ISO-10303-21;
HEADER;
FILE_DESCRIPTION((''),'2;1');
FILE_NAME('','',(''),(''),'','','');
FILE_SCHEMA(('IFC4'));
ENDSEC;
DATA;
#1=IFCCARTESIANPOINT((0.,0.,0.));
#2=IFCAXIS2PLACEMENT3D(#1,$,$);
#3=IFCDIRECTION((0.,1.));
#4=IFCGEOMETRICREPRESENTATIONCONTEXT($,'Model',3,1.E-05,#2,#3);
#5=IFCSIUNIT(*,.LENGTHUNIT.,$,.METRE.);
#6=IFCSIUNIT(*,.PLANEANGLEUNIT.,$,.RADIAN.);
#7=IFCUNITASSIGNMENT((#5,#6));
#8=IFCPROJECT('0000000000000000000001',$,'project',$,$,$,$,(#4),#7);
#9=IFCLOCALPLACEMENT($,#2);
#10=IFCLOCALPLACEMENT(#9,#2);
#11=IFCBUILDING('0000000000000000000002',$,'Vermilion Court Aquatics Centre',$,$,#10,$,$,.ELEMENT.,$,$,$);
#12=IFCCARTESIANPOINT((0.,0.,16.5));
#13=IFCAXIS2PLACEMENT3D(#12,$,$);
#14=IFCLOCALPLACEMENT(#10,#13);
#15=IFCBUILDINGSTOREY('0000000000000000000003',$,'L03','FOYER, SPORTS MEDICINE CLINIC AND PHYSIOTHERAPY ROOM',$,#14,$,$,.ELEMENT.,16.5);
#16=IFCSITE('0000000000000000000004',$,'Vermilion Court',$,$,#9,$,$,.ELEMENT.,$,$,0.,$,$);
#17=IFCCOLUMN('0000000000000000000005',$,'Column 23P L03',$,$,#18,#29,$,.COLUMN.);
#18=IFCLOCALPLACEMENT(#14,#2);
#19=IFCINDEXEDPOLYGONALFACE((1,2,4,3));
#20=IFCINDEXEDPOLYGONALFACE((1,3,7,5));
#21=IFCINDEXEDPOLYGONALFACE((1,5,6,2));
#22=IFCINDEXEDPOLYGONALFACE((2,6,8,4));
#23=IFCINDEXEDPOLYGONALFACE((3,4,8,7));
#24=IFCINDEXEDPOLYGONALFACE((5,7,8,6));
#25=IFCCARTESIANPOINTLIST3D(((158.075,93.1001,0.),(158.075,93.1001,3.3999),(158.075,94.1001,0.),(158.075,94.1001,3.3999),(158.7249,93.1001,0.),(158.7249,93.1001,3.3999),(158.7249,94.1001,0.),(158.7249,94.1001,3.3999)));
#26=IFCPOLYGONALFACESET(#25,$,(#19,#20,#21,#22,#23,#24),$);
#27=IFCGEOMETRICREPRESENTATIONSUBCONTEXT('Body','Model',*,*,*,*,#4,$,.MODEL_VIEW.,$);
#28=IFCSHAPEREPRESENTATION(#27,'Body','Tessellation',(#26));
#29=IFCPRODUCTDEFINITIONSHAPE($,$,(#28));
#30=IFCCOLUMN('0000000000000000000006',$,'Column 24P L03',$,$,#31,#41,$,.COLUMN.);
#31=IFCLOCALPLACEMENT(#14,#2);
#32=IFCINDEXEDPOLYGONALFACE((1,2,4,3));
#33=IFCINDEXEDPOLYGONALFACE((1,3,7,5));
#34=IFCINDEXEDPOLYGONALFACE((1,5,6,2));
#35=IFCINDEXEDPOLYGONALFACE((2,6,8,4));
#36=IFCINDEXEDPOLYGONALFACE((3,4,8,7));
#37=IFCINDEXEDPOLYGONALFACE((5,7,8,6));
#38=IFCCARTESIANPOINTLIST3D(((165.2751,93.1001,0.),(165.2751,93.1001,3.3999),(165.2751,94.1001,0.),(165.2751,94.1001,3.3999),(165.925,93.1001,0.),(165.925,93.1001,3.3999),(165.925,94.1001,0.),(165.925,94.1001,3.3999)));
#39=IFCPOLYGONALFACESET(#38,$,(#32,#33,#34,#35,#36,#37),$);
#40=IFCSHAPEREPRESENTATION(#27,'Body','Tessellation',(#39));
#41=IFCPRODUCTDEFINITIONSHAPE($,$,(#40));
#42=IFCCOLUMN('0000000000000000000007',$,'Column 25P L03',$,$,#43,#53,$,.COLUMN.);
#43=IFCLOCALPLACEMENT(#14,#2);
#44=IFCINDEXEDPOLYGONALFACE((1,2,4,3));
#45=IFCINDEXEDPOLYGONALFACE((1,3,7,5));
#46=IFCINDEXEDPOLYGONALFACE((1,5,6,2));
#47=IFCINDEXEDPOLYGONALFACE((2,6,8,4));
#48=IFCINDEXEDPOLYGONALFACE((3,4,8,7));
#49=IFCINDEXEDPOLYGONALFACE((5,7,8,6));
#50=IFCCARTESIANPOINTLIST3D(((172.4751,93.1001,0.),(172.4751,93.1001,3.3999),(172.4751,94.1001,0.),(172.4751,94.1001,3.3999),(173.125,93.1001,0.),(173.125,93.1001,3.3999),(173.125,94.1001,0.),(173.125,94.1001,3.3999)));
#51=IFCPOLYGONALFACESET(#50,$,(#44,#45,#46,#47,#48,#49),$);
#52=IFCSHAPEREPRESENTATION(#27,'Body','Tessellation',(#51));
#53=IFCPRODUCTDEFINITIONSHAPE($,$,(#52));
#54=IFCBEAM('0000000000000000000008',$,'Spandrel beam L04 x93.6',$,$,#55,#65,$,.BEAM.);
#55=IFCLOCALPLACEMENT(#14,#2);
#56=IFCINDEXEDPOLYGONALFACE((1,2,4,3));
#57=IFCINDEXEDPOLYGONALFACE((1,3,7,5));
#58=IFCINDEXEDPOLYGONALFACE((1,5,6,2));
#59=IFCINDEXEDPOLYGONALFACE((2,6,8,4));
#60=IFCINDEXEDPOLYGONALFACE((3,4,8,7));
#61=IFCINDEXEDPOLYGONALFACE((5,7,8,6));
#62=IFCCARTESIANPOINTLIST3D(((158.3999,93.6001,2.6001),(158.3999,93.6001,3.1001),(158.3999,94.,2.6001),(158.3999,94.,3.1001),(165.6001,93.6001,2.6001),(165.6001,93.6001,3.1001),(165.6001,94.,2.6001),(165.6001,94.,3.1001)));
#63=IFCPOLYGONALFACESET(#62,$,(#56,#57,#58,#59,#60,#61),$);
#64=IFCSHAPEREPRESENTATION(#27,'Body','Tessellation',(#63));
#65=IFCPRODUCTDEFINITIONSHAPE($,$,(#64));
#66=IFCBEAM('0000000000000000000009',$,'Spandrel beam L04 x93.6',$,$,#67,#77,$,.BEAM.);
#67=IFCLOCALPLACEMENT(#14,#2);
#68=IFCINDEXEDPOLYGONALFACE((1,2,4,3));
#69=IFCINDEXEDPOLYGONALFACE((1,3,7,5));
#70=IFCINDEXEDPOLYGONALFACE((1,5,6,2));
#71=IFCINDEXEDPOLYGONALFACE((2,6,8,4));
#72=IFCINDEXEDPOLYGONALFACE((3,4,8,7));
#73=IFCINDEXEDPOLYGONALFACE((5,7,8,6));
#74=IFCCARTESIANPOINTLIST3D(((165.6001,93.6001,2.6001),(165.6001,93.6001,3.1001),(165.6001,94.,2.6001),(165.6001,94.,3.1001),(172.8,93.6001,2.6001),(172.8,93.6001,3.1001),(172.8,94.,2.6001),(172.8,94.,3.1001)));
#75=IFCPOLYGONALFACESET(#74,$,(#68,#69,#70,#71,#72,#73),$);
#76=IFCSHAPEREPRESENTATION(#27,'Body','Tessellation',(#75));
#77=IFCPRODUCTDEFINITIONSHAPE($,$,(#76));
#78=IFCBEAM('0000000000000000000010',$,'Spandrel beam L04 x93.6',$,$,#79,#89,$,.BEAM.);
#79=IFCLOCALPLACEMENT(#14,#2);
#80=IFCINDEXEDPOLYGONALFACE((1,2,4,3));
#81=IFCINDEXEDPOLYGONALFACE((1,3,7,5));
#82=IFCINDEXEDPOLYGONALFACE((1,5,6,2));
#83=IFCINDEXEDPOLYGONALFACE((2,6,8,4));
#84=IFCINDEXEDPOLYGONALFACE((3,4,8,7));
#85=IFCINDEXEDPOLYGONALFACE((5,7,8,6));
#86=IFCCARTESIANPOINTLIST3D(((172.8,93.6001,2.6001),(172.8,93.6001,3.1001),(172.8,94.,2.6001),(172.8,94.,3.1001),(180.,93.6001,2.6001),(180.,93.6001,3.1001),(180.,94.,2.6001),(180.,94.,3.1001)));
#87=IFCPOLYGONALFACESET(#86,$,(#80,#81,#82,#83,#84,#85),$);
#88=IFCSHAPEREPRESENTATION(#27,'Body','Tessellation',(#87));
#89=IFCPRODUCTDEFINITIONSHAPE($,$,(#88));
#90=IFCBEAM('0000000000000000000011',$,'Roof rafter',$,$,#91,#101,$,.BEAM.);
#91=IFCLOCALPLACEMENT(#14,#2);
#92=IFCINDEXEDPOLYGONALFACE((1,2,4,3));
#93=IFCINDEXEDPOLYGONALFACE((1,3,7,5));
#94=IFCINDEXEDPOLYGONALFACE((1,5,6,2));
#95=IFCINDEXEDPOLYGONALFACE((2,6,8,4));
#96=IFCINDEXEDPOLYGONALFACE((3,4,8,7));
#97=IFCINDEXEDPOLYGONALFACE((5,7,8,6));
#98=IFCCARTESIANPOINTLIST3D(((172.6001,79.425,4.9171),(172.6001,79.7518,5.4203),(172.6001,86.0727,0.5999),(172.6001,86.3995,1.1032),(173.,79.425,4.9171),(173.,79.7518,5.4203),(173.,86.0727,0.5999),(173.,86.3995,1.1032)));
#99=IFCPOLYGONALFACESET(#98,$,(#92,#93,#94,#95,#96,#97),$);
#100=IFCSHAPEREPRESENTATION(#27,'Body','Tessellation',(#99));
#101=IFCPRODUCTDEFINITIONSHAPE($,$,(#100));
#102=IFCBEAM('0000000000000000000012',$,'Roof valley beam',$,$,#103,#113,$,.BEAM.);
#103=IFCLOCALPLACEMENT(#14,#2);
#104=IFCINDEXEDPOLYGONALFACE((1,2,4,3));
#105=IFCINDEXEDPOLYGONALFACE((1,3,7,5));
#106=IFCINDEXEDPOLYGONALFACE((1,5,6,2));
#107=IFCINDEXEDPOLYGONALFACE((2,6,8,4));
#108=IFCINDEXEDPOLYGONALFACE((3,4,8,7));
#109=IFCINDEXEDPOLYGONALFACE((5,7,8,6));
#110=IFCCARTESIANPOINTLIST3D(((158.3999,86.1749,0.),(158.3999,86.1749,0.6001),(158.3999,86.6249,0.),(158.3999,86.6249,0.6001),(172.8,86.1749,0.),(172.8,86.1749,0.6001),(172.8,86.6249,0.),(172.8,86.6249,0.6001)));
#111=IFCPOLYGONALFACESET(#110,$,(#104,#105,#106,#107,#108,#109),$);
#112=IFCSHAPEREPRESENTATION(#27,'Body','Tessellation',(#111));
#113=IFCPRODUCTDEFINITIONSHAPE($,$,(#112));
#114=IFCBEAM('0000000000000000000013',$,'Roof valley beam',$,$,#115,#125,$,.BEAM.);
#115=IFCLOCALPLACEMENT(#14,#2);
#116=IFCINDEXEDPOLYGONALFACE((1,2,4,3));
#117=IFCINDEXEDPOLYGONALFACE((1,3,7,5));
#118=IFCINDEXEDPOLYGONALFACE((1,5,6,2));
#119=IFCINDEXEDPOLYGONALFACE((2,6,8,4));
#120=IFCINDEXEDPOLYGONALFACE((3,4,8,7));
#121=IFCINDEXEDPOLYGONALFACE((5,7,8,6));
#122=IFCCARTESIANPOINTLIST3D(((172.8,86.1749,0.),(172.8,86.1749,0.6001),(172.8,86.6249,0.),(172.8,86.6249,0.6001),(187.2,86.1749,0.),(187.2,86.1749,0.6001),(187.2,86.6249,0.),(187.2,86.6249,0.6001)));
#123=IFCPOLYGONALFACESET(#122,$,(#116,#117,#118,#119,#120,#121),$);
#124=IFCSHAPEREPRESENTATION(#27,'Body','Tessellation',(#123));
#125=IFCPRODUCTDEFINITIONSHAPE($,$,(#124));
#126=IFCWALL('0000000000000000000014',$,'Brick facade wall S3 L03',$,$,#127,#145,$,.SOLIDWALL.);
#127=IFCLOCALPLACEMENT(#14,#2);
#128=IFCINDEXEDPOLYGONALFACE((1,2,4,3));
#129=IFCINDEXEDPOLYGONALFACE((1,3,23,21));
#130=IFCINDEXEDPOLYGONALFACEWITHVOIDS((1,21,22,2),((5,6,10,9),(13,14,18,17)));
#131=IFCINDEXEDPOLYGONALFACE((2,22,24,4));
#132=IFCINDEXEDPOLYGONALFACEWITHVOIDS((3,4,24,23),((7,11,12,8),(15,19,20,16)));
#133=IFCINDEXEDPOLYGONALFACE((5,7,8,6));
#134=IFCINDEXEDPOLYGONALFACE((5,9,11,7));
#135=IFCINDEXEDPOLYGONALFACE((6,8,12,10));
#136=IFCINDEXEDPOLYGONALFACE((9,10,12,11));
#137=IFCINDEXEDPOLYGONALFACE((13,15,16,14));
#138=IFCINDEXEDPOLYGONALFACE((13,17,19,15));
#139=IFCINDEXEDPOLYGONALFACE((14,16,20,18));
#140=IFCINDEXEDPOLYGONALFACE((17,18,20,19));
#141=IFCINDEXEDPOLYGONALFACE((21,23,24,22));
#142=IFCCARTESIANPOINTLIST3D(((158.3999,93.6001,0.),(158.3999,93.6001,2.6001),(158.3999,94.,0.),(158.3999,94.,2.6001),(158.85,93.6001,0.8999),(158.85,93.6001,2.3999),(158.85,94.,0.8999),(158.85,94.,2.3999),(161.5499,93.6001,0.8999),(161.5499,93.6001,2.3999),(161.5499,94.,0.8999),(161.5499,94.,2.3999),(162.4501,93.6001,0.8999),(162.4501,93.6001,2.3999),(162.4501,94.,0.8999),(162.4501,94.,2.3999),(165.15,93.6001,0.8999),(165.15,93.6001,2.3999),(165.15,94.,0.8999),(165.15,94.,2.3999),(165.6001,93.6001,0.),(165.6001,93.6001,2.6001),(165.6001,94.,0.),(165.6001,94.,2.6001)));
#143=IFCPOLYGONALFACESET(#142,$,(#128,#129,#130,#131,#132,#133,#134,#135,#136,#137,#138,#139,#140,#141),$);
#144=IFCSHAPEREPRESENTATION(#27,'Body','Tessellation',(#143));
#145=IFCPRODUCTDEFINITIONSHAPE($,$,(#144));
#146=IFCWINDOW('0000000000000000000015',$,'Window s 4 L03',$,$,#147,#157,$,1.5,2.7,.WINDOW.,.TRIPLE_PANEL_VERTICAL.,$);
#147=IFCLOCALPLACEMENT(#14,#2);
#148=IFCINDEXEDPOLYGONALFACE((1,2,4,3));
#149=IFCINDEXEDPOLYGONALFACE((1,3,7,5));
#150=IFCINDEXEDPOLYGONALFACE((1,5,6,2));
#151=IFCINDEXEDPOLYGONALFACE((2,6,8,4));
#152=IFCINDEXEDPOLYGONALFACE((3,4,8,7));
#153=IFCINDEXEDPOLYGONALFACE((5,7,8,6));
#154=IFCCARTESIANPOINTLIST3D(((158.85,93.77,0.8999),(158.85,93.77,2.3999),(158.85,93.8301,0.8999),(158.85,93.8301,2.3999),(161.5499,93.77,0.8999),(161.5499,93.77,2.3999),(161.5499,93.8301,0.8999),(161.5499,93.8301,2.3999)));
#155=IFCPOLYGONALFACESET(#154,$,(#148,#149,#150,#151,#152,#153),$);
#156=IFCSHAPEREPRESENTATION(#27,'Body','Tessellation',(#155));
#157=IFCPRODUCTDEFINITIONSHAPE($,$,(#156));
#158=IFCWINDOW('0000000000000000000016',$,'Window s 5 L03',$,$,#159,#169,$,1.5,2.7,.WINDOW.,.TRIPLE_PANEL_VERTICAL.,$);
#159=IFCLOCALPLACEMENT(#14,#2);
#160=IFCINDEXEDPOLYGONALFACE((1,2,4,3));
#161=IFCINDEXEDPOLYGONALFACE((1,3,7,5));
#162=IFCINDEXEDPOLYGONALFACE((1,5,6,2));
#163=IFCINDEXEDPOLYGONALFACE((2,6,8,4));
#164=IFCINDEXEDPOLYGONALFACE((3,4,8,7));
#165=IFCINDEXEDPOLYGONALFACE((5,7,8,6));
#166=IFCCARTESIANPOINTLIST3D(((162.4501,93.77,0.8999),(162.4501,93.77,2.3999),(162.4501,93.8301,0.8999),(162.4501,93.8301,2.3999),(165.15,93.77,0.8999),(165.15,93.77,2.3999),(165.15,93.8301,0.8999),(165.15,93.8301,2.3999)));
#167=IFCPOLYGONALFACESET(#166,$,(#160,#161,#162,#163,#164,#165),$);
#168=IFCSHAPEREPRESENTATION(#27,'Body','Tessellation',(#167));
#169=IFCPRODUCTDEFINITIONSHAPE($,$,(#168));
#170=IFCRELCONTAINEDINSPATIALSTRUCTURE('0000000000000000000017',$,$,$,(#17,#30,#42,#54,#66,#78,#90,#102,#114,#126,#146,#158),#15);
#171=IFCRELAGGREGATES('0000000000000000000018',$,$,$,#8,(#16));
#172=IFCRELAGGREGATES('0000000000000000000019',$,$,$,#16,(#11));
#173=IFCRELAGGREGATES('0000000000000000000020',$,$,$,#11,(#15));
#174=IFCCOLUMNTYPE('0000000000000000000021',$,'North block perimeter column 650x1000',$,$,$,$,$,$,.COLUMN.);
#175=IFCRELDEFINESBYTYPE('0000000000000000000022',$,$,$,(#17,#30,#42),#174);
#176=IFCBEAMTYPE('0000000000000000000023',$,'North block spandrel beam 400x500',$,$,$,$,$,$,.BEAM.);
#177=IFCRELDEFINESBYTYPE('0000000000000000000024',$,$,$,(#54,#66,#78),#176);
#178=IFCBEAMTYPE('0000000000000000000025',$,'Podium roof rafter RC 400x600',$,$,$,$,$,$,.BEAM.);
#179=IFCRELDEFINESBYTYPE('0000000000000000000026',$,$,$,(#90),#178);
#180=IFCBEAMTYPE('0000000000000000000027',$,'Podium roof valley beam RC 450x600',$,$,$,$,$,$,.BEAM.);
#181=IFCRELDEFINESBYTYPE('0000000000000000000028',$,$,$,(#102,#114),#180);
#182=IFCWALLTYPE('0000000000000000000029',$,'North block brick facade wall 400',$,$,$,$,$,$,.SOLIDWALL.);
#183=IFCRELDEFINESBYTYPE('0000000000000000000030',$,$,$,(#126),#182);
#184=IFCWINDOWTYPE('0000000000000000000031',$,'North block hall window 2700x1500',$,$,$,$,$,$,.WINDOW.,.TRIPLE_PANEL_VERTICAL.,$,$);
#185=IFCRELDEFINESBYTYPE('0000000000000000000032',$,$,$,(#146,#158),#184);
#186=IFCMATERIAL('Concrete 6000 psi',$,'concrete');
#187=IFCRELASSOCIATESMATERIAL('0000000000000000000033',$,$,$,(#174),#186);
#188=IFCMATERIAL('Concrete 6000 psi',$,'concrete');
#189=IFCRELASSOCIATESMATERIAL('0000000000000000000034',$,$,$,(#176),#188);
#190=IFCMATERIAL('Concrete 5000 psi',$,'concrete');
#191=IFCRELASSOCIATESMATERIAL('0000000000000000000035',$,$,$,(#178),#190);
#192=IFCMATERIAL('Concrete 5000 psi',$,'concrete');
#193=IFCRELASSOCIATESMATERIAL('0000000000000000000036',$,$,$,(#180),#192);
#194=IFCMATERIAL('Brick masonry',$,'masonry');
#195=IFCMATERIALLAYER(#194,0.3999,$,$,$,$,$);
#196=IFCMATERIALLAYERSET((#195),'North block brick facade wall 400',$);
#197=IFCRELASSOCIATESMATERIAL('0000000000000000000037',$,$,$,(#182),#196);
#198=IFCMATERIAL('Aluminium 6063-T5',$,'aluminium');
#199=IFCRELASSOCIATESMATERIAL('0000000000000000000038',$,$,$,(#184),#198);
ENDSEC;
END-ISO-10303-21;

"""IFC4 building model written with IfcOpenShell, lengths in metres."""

from ifc_helpers import new_model, si_unit, direction, frame, frame_2d, origin, origin_2d, place, context, subcontext, project, spatial, rectangle, extrude, material, layer, layer_set, material_profile, profile_set, type_object, element, fill, save


model = new_model("IFC4")

# Units and contexts
model_context = context("Model", 3, precision=1e-05, world=origin(), true_north=direction((0.0, 1.0)))
body_context = subcontext(model_context, "Body", "Model", "MODEL_VIEW")
ifc_project = project(units=[si_unit("LENGTHUNIT", "METRE"), si_unit("PLANEANGLEUNIT", "RADIAN")], contexts=[model_context])

# Site, building, storey
site_placement = place(None, origin())
site = spatial("IfcSite", under=ifc_project, at=site_placement, Name="Vermilion Court", CompositionType="ELEMENT", RefElevation=0.0)
building_placement = place(site_placement, origin())
building = spatial("IfcBuilding", under=site, at=building_placement, Name="Vermilion Court Aquatics Centre", CompositionType="ELEMENT")
storey_placement = place(building_placement, frame((0.0, 0.0, 16.5)))
storey = spatial("IfcBuildingStorey", under=building, at=storey_placement, Name="L03", Description="FOYER, SPORTS MEDICINE CLINIC AND PHYSIOTHERAPY ROOM", CompositionType="ELEMENT", Elevation=16.5)

# Columns
ifc_material_1 = material(Name="Concrete 6000 psi", Category="concrete")
ifc_material_profile_1 = material_profile(ifc_material_1, rectangle(XDim=0.6499, YDim=1.0, at=origin_2d()), Name="RC 650x1000")
ifc_profile_set_1 = profile_set([ifc_material_profile_1], Name="Concrete 6000 psi")
column_type = type_object("IfcColumnType", Name="North block perimeter column 650x1000", PredefinedType="COLUMN", material=ifc_profile_set_1)
for number, where, z_axis, x_axis, name in (
    (1, (158.3999, 93.6001, 0.0), (0.0, 0.0, 1.0), (1.0, 0.0, 0.0), "Column 23P L03"),
    (2, (165.6001, 93.6001, 0.0), (0.0, 0.0, 1.0), (1.0, 0.0, 0.0), "Column 24P L03"),
    (3, (172.8, 93.6001, 0.0), (0.0, 0.0, 1.0), (1.0, 0.0, 0.0), "Column 25P L03"),
):
    element("IfcColumn", number, at=place(storey_placement, frame(where, z_axis=z_axis, x_axis=x_axis)), inside=storey, type_object=column_type, Name=name, PredefinedType="COLUMN", context=body_context, shape_type="SweptSolid", body=[
        extrude(rectangle(XDim=0.6499, YDim=1.0, at=origin_2d()), origin(), (0.0, 0.0, 1.0), 3.3999),
    ])

# Beams
ifc_material_2 = material(Name="Concrete 6000 psi", Category="concrete")
ifc_material_profile_2 = material_profile(ifc_material_2, rectangle(XDim=0.3999, YDim=0.5, at=origin_2d()), Name="RC 400x500")
ifc_profile_set_2 = profile_set([ifc_material_profile_2], Name="Concrete 6000 psi")
beam_type_1 = type_object("IfcBeamType", Name="North block spandrel beam 400x500", PredefinedType="BEAM", material=ifc_profile_set_2)
beam_1_placement = place(storey_placement, frame((158.3999, 93.8, 2.8501), z_axis=(1.0, 0.0, 0.0), x_axis=(0.0, 1.0, 0.0)))
element("IfcBeam", 4, at=beam_1_placement, inside=storey, type_object=beam_type_1, Name="Spandrel beam L04 x93.6", PredefinedType="BEAM", context=body_context, shape_type="SweptSolid", body=[
    extrude(rectangle(XDim=0.3999, YDim=0.5, at=origin_2d()), origin(), (0.0, 0.0, 1.0), 7.2002),
])
for number, where, z_axis, x_axis, name in (
    (5, (165.6001, 93.8, 2.8501), (1.0, 0.0, 0.0), (0.0, 1.0, 0.0), "Spandrel beam L04 x93.6"),
    (6, (172.8, 93.8, 2.8501), (1.0, 0.0, 0.0), (0.0, 1.0, 0.0), "Spandrel beam L04 x93.6"),
):
    element("IfcBeam", number, at=place(storey_placement, frame(where, z_axis=z_axis, x_axis=x_axis)), inside=storey, type_object=beam_type_1, Name=name, PredefinedType="BEAM", context=body_context, shape_type="SweptSolid", body=[
        extrude(rectangle(XDim=0.3999, YDim=0.5, at=origin_2d()), origin(), (0.0, 0.0, 1.0), 7.2),
    ])
ifc_material_3 = material(Name="Concrete 5000 psi", Category="concrete")
ifc_material_profile_3 = material_profile(ifc_material_3, rectangle(XDim=0.3999, YDim=0.6001, at=origin_2d()), Name="RC 400x600")
ifc_profile_set_3 = profile_set([ifc_material_profile_3], Name="Concrete 5000 psi")
beam_type_2 = type_object("IfcBeamType", Name="Podium roof rafter RC 400x600", PredefinedType="BEAM", material=ifc_profile_set_3)
beam_2_placement = place(storey_placement, frame((172.8, 86.2361, 0.8516), z_axis=(0.0, -0.838667, 0.544645), x_axis=(1.0, 0.0, 0.0)))
element("IfcBeam", 7, at=beam_2_placement, inside=storey, type_object=beam_type_2, Name="Roof rafter", PredefinedType="BEAM", context=body_context, shape_type="SweptSolid", body=[
    extrude(rectangle(XDim=0.3999, YDim=0.6001, at=origin_2d()), origin(), (0.0, 0.0, 1.0), 7.9265),
])
ifc_material_4 = material(Name="Concrete 5000 psi", Category="concrete")
ifc_material_profile_4 = material_profile(ifc_material_4, rectangle(XDim=0.45, YDim=0.6001, at=origin_2d()), Name="RC 450x600")
ifc_profile_set_4 = profile_set([ifc_material_profile_4], Name="Concrete 5000 psi")
beam_type_3 = type_object("IfcBeamType", Name="Podium roof valley beam RC 450x600", PredefinedType="BEAM", material=ifc_profile_set_4)
beam_3_placement = place(storey_placement, frame((158.3999, 86.3999, 0.3), z_axis=(1.0, 0.0, 0.0), x_axis=(0.0, 1.0, 0.0)))
element("IfcBeam", 8, at=beam_3_placement, inside=storey, type_object=beam_type_3, Name="Roof valley beam", PredefinedType="BEAM", context=body_context, shape_type="SweptSolid", body=[
    extrude(rectangle(XDim=0.45, YDim=0.6001, at=origin_2d()), origin(), (0.0, 0.0, 1.0), 14.4001),
])
beam_4_placement = place(storey_placement, frame((172.8, 86.3999, 0.3), z_axis=(1.0, 0.0, 0.0), x_axis=(0.0, 1.0, 0.0)))
element("IfcBeam", 9, at=beam_4_placement, inside=storey, type_object=beam_type_3, Name="Roof valley beam", PredefinedType="BEAM", context=body_context, shape_type="SweptSolid", body=[
    extrude(rectangle(XDim=0.45, YDim=0.6001, at=origin_2d()), origin(), (0.0, 0.0, 1.0), 14.3999),
])

# Wall, openings, windows
ifc_material_5 = material(Name="Brick masonry", Category="masonry")
ifc_layer_1 = layer(ifc_material_5, 0.3999)
ifc_layer_set_1 = layer_set([ifc_layer_1], Name="North block brick facade wall 400")
wall_type_1 = type_object("IfcWallType", Name="North block brick facade wall 400", PredefinedType="SOLIDWALL", material=ifc_layer_set_1)
wall_1_placement = place(storey_placement, frame((158.3999, 93.8, 0.0), z_axis=(0.0, 0.0, 1.0), x_axis=(1.0, 0.0, 0.0)))
wall_1 = element("IfcWall", 10, at=wall_1_placement, inside=storey, type_object=wall_type_1, Name="Brick facade wall S3 L03", PredefinedType="SOLIDWALL", context=body_context, shape_type="SweptSolid", body=[
    extrude(rectangle(XDim=7.2002, YDim=0.3999, at=frame_2d((3.6001, 0.0))), origin(), (0.0, 0.0, 1.0), 2.6001),
])
opening_1_placement = place(wall_1_placement, frame((0.45, 0.0, 0.8999)))
opening_1 = element("IfcOpeningElement", 11, at=opening_1_placement, cuts=wall_1, PredefinedType="OPENING", context=body_context, shape_type="SweptSolid", body=[
    extrude(rectangle(XDim=2.7, YDim=1.5, at=frame_2d((1.3501, 0.75))), frame((0.0, 0.21, 0.0), z_axis=(0.0, -1.0, 0.0), x_axis=(1.0, 0.0, 0.0)), (0.0, 0.0, 1.0), 0.4199),
])
opening_2_placement = place(wall_1_placement, frame((4.05, 0.0, 0.8999)))
opening_2 = element("IfcOpeningElement", 12, at=opening_2_placement, cuts=wall_1, PredefinedType="OPENING", context=body_context, shape_type="SweptSolid", body=[
    extrude(rectangle(XDim=2.7, YDim=1.5, at=frame_2d((1.3501, 0.75))), frame((0.0, 0.21, 0.0), z_axis=(0.0, -1.0, 0.0), x_axis=(1.0, 0.0, 0.0)), (0.0, 0.0, 1.0), 0.4199),
])
ifc_material_6 = material(Name="Aluminium 6063-T5", Category="aluminium")
window_type_1 = type_object("IfcWindowType", Name="North block hall window 2700x1500", PartitioningType="TRIPLE_PANEL_VERTICAL", PredefinedType="WINDOW", material=ifc_material_6)
window_1_placement = place(opening_1_placement, origin())
window_1 = element("IfcWindow", 13, at=window_1_placement, inside=storey, type_object=window_type_1, Name="Window s 4 L03", OverallHeight=1.5, OverallWidth=2.7, PartitioningType="TRIPLE_PANEL_VERTICAL", PredefinedType="WINDOW", context=body_context, shape_type="SweptSolid", body=[
    extrude(rectangle(XDim=2.7, YDim=1.5, at=frame_2d((1.3501, 0.75))), frame((0.0, 0.03, 0.0), z_axis=(0.0, -1.0, 0.0), x_axis=(1.0, 0.0, 0.0)), (0.0, 0.0, 1.0), 0.0601),
])
fill(opening_1, window_1)
window_2_placement = place(opening_2_placement, origin())
window_2 = element("IfcWindow", 14, at=window_2_placement, inside=storey, type_object=window_type_1, Name="Window s 5 L03", OverallHeight=1.5, OverallWidth=2.7, PartitioningType="TRIPLE_PANEL_VERTICAL", PredefinedType="WINDOW", context=body_context, shape_type="SweptSolid", body=[
    extrude(rectangle(XDim=2.7, YDim=1.5, at=frame_2d((1.3501, 0.75))), frame((0.0, 0.03, 0.0), z_axis=(0.0, -1.0, 0.0), x_axis=(1.0, 0.0, 0.0)), (0.0, 0.0, 1.0), 0.0601),
])
fill(opening_2, window_2)

save(model, "model.ifc")
